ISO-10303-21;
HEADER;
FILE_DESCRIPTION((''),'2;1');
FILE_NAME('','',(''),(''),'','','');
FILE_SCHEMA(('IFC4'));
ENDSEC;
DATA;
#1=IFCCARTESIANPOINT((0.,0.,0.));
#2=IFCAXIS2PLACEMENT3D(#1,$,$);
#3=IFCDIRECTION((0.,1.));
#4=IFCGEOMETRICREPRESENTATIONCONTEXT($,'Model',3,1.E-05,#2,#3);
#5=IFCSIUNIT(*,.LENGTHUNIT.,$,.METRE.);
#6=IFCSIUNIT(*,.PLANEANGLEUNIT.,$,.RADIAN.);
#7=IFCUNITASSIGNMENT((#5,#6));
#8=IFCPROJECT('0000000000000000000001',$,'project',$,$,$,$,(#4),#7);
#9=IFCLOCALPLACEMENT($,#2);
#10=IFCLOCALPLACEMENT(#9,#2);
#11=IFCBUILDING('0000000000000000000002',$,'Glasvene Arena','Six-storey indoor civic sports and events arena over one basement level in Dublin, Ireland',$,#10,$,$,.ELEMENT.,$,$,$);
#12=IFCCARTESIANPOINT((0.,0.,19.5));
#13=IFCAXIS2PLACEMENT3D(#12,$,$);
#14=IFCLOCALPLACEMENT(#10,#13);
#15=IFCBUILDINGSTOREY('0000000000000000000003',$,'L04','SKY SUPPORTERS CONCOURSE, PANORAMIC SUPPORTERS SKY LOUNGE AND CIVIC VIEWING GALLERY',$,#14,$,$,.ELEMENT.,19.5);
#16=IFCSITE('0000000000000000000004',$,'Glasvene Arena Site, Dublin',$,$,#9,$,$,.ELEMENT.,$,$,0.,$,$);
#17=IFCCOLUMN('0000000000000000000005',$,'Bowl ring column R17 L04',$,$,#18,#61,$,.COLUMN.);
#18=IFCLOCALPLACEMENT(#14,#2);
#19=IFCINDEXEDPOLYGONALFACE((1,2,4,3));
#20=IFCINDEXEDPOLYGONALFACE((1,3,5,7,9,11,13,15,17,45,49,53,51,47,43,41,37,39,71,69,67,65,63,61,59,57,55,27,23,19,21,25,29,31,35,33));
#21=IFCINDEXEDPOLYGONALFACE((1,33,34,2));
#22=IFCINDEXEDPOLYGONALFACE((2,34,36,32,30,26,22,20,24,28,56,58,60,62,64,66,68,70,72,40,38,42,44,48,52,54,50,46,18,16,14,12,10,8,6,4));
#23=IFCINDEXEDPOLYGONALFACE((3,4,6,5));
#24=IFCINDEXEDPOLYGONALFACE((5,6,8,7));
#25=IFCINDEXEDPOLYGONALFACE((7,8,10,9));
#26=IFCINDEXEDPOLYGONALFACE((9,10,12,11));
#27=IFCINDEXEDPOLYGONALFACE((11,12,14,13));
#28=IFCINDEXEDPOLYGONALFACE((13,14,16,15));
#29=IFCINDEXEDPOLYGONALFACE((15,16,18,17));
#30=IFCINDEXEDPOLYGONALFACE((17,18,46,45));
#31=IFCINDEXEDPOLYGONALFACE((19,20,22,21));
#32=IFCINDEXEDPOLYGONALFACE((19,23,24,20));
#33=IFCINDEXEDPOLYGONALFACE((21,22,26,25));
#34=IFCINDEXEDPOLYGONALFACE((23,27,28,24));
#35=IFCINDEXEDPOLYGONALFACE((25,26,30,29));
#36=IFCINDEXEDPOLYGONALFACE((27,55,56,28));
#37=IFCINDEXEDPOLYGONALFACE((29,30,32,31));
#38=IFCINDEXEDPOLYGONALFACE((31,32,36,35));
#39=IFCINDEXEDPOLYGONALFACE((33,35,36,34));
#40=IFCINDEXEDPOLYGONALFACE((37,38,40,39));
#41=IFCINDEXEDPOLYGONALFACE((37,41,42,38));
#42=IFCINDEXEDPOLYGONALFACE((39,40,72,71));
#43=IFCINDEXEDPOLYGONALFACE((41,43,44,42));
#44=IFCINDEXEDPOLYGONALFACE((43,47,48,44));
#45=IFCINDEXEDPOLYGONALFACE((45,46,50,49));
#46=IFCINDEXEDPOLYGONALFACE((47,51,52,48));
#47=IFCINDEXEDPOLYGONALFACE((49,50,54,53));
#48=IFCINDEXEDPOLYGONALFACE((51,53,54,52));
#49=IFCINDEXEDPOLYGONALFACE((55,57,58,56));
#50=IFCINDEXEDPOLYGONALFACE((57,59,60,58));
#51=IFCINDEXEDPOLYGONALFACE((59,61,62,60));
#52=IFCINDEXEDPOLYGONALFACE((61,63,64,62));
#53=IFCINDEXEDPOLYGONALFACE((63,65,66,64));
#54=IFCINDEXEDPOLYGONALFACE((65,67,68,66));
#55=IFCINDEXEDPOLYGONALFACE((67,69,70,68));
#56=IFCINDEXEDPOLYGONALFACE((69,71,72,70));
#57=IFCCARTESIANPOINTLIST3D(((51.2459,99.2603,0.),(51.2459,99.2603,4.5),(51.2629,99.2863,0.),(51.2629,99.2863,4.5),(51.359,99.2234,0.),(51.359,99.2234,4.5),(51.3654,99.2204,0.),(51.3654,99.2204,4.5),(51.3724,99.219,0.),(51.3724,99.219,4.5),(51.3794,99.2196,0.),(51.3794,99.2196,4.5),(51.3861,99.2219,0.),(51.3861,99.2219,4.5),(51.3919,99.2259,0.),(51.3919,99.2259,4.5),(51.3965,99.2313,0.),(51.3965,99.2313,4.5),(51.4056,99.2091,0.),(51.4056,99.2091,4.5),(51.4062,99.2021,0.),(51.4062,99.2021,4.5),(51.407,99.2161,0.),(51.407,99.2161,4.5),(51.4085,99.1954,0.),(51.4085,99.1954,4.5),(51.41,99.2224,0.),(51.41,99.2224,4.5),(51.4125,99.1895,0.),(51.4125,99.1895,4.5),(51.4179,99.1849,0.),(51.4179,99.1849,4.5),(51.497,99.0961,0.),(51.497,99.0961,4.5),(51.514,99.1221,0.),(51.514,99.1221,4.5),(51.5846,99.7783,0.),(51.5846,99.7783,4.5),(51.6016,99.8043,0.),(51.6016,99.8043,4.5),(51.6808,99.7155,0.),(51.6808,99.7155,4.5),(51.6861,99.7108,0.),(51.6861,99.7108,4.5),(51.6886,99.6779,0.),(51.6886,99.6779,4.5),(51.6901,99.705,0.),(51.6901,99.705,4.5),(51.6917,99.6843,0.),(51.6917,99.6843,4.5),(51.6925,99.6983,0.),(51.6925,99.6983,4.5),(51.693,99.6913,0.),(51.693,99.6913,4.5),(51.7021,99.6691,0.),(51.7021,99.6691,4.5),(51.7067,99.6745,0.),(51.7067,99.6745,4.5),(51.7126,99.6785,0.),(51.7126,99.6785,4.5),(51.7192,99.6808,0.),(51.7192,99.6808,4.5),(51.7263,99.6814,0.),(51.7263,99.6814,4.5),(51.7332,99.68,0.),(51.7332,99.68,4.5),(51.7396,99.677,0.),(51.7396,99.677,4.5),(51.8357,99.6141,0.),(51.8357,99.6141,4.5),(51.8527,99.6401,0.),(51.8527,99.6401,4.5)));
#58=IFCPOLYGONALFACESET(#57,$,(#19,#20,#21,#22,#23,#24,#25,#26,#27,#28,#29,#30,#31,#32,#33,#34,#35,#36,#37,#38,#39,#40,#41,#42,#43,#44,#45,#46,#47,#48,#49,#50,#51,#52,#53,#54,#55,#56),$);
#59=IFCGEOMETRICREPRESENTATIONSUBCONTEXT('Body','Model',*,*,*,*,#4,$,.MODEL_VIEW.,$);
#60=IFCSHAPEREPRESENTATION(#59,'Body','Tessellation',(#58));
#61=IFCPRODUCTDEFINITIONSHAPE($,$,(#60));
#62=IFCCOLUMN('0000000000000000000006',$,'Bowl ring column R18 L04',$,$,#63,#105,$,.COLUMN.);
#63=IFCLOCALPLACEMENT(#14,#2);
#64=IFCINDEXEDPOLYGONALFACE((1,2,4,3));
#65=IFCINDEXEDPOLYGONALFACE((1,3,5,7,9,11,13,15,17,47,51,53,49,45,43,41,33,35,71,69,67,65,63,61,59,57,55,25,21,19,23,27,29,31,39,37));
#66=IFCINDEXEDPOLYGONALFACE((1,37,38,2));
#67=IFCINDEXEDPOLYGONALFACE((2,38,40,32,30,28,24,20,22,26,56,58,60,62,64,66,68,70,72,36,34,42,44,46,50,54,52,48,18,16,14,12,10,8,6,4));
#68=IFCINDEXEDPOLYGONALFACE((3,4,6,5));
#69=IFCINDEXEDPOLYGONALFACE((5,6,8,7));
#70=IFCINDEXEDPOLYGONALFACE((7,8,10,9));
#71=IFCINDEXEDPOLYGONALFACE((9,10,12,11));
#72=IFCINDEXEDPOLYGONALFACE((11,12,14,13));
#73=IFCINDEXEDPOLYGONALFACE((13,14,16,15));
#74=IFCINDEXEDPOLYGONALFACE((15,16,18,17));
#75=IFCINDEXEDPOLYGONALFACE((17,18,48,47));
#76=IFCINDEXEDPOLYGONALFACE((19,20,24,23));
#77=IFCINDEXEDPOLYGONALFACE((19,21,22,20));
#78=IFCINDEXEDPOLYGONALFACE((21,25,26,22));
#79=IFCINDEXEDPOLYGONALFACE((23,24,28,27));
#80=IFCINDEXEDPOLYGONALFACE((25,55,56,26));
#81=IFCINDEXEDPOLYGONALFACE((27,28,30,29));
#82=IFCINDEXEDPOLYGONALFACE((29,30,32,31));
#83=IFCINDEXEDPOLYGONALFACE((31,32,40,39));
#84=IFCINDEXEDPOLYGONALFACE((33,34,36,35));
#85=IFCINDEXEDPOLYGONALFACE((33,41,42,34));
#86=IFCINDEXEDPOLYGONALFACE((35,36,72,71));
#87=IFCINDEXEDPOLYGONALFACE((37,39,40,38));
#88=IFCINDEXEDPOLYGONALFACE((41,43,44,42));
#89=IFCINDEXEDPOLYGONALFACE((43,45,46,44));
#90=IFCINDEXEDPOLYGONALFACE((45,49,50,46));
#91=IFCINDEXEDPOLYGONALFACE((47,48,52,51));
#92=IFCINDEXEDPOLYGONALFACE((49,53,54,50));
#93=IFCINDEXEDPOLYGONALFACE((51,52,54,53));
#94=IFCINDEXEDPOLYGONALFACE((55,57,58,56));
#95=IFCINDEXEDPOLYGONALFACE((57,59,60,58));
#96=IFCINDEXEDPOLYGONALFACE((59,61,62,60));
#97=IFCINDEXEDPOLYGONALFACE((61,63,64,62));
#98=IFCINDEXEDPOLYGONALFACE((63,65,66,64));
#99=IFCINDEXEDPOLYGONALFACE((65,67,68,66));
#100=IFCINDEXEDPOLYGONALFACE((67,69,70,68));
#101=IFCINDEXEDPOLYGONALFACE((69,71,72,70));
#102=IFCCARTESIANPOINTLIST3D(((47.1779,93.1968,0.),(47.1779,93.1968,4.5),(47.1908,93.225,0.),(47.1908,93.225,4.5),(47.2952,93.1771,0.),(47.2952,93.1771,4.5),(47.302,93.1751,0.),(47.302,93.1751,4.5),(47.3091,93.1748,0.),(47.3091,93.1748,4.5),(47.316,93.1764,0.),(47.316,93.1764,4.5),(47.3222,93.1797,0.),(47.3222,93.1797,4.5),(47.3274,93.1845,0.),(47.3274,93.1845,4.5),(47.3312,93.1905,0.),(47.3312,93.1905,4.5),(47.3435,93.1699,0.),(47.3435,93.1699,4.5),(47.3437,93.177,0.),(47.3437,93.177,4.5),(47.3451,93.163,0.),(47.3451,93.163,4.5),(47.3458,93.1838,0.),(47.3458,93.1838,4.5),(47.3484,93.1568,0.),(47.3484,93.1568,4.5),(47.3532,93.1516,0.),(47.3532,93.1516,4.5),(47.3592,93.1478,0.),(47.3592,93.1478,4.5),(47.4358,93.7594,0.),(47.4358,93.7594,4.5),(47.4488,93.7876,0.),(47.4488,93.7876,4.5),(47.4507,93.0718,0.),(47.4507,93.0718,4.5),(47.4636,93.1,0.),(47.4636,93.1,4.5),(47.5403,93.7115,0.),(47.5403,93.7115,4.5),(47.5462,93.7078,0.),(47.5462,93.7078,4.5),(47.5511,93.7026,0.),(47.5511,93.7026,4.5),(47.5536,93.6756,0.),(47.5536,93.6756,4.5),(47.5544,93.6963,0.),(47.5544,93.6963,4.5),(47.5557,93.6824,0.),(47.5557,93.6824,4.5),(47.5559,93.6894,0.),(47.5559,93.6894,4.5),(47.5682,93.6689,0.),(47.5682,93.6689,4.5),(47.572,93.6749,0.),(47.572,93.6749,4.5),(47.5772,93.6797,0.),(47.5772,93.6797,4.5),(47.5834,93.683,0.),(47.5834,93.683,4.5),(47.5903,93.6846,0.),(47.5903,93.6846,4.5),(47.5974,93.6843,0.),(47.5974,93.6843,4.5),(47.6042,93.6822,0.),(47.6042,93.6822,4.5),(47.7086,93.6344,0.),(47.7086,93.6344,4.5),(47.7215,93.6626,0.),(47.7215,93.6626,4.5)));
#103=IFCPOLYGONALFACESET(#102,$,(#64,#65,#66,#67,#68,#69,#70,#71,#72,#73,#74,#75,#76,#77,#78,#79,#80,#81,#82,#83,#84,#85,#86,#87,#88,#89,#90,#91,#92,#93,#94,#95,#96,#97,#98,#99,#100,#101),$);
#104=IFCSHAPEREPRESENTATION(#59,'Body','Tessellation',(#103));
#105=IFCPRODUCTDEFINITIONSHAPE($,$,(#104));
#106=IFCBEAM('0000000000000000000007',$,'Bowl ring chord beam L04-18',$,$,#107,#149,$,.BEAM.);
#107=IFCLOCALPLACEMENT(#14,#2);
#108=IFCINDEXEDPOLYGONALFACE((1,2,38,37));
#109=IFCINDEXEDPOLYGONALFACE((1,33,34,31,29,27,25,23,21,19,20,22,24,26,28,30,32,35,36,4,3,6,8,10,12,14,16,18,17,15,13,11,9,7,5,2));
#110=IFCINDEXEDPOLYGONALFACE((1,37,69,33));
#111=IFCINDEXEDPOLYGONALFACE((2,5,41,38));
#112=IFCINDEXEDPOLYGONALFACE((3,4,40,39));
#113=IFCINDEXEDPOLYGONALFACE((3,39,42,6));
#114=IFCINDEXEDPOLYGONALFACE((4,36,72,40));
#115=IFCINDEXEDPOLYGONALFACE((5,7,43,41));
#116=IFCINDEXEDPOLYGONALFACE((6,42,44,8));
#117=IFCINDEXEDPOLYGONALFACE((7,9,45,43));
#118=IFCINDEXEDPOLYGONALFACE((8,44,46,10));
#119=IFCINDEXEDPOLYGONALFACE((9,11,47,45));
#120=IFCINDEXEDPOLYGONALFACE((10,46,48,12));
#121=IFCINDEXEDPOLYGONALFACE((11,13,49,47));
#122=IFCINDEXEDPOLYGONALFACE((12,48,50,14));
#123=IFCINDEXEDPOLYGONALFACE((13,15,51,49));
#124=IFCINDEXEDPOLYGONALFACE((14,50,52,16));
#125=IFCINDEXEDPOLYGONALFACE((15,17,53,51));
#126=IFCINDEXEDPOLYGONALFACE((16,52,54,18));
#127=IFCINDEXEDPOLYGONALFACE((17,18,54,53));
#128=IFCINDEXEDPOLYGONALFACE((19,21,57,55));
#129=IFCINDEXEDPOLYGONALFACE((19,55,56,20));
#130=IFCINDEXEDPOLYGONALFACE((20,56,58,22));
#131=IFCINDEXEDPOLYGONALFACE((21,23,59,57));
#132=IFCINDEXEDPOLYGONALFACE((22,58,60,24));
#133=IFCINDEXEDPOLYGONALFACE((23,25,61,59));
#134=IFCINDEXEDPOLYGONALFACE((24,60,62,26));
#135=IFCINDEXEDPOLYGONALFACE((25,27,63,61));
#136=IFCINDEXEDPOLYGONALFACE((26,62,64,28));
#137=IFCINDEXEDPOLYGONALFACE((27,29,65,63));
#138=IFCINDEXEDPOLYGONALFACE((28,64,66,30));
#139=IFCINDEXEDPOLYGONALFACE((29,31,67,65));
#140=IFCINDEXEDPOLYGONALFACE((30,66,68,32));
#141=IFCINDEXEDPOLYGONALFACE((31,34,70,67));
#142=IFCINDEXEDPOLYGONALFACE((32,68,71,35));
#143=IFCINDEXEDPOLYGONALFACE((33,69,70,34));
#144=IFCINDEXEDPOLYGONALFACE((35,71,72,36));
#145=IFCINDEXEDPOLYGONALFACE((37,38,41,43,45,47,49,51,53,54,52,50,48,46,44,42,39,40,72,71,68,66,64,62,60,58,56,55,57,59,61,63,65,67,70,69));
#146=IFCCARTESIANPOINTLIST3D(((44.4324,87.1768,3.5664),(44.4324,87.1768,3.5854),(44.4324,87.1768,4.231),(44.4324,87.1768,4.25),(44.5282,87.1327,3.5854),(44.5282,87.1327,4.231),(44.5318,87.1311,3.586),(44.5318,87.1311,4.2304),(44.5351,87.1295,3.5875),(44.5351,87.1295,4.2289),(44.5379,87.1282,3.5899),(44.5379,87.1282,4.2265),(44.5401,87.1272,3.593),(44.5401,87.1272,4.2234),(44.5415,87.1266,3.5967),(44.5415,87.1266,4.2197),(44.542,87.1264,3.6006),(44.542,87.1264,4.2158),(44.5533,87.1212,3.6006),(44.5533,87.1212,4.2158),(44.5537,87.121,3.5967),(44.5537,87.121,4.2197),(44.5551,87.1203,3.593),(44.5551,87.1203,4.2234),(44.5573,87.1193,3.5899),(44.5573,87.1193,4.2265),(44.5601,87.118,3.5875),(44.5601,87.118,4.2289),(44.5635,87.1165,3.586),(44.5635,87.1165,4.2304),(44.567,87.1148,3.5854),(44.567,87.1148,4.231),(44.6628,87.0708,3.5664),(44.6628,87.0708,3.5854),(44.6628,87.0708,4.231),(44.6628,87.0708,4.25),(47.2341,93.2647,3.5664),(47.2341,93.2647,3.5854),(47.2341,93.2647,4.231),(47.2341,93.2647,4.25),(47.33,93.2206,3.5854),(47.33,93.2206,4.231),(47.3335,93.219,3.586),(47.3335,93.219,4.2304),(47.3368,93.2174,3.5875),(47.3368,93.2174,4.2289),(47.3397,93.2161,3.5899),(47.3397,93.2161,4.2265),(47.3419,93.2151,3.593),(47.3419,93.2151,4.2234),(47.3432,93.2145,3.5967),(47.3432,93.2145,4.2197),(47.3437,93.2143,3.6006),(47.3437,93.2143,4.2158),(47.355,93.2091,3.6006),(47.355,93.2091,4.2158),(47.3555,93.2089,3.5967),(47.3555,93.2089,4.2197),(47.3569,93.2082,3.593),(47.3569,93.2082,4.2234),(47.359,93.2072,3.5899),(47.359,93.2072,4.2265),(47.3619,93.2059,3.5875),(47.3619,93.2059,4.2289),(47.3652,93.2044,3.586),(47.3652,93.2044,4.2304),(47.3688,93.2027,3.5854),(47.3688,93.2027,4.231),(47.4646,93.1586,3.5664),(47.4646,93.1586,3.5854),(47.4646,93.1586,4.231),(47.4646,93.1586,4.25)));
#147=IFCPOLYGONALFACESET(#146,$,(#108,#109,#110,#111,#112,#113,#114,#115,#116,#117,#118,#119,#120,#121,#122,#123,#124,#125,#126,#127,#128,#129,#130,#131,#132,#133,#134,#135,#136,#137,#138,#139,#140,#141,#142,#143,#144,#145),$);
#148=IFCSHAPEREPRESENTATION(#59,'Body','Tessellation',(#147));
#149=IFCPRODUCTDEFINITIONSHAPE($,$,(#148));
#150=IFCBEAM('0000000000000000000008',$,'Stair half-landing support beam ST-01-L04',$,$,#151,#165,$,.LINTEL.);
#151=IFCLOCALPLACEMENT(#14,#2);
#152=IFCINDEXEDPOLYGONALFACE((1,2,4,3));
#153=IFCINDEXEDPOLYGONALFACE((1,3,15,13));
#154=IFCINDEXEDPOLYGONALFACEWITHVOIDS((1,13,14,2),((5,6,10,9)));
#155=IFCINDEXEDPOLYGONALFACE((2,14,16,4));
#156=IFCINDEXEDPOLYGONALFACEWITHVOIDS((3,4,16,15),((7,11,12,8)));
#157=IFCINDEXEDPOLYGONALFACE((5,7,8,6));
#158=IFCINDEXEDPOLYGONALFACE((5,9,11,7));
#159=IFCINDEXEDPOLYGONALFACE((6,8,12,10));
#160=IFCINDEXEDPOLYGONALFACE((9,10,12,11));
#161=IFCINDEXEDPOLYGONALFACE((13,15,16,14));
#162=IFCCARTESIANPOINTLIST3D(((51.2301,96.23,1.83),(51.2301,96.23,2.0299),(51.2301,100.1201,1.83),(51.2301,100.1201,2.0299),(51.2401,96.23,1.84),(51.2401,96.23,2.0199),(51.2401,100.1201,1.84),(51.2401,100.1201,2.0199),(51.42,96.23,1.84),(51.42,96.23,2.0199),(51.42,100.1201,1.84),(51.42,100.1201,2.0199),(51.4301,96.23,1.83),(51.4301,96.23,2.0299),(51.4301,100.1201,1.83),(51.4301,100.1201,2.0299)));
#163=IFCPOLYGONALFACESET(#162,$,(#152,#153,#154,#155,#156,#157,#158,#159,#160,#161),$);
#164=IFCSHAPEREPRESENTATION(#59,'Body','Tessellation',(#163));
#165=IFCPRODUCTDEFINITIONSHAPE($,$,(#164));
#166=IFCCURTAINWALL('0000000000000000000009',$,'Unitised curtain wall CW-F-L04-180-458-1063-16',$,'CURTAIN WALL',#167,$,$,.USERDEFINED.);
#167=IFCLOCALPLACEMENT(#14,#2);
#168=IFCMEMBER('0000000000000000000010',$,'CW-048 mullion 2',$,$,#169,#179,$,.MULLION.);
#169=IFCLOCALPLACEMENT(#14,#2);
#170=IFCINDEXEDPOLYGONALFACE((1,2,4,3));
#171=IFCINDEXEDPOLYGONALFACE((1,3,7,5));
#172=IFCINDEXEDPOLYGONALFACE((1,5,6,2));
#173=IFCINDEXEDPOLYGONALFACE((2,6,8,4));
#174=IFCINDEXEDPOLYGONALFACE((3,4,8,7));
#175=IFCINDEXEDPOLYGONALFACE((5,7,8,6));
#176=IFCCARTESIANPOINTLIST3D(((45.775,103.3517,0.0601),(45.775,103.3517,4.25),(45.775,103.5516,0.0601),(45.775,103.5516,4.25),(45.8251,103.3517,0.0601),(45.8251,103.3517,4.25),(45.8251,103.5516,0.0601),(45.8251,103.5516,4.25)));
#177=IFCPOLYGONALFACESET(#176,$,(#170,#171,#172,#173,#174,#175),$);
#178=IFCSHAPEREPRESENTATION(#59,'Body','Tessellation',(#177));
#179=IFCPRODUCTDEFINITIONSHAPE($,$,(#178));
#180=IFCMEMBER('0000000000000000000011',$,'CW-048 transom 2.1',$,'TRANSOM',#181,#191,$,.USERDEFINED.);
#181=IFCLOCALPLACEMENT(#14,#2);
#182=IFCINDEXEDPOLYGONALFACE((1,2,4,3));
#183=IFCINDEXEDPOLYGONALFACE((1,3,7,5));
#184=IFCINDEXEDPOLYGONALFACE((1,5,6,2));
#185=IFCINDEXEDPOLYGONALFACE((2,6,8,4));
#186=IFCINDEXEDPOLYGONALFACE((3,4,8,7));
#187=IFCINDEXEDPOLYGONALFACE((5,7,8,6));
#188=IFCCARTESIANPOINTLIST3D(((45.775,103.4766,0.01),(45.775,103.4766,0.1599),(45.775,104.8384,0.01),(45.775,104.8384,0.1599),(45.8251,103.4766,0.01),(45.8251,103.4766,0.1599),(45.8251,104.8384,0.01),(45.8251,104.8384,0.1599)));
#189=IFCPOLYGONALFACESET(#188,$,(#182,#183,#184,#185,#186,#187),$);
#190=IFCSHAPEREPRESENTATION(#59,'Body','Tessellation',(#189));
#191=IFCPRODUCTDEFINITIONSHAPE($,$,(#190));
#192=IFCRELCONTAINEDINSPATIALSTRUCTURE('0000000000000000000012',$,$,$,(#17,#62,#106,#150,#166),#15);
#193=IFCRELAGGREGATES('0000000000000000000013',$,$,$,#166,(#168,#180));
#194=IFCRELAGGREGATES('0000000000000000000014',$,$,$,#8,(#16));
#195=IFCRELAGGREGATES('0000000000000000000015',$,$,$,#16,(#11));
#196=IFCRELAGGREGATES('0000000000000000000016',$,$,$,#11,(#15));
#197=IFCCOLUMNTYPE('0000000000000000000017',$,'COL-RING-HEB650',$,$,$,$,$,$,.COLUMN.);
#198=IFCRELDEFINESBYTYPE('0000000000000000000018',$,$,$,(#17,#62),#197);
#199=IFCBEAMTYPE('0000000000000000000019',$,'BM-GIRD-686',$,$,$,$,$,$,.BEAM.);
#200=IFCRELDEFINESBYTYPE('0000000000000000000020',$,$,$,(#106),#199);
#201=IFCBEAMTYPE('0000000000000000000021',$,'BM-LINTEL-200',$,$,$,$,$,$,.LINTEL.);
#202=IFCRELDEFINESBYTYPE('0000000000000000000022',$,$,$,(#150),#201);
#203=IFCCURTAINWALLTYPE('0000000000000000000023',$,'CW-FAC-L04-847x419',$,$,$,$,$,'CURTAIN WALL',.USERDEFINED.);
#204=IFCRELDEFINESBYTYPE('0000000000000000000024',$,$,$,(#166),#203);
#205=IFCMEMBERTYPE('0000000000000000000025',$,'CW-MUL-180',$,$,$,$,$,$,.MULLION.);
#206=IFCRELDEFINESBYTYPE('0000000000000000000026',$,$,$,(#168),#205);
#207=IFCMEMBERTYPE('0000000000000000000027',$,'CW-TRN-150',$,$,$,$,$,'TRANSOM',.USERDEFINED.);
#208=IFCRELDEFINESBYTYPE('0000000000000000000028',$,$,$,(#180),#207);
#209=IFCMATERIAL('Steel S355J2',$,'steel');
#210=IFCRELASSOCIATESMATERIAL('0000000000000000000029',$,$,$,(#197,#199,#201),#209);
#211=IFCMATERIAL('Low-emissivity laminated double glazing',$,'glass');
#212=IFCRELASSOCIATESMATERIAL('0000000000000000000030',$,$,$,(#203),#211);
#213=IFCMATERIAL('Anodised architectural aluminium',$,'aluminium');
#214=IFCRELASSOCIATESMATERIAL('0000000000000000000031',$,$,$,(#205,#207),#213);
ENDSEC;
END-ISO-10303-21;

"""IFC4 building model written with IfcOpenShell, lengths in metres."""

from ifc_helpers import new_model, si_unit, direction, frame, origin, origin_2d, place, context, subcontext, project, spatial, rectangle, hollow_rectangle, i_section, extrude, material, material_profile, profile_set, type_object, element, aggregate, save


model = new_model("IFC4")

# Units and contexts
model_context = context("Model", 3, precision=1e-05, world=origin(), true_north=direction((0.0, 1.0)))
body_context = subcontext(model_context, "Body", "Model", "MODEL_VIEW")
ifc_project = project(units=[si_unit("LENGTHUNIT", "METRE"), si_unit("PLANEANGLEUNIT", "RADIAN")], contexts=[model_context])

# Site, building, storey
site_placement = place(None, origin())
site = spatial("IfcSite", under=ifc_project, at=site_placement, Name="Glasvene Arena Site, Dublin", CompositionType="ELEMENT", RefElevation=0.0)
building_placement = place(site_placement, origin())
building = spatial("IfcBuilding", under=site, at=building_placement, Name="Glasvene Arena", Description="Six-storey indoor civic sports and events arena over one basement level in Dublin, Ireland", CompositionType="ELEMENT")
storey_placement = place(building_placement, frame((0.0, 0.0, 19.5)))
storey = spatial("IfcBuildingStorey", under=building, at=storey_placement, Name="L04", Description="SKY SUPPORTERS CONCOURSE, PANORAMIC SUPPORTERS SKY LOUNGE AND CIVIC VIEWING GALLERY", CompositionType="ELEMENT", Elevation=19.5)

# Columns
ifc_material_1 = material(Name="Steel S355J2", Category="steel")
ifc_material_profile_1 = material_profile(ifc_material_1, i_section(OverallWidth=0.3, OverallDepth=0.6499, WebThickness=0.0161, FlangeThickness=0.031, FilletRadius=0.0271, at=origin_2d()), Name="HEB 650")
ifc_profile_set_1 = profile_set([ifc_material_profile_1], Name="Steel S355J2")
column_type = type_object("IfcColumnType", Name="COL-RING-HEB650", PredefinedType="COLUMN", material=ifc_profile_set_1)
for number, where, z_axis, x_axis, name in (
    (1, (51.5493, 99.4502, 0.0), (0.0, 0.0, 1.0), (-0.836955, 0.547271, 0.0), "Bowl ring column R17 L04"),
    (2, (47.4497, 93.4297, 0.0), (0.0, 0.0, 1.0), (-0.909018, 0.416757, 0.0), "Bowl ring column R18 L04"),
):
    element("IfcColumn", number, at=place(storey_placement, frame(where, z_axis=z_axis, x_axis=x_axis)), inside=storey, type_object=column_type, Name=name, PredefinedType="COLUMN", context=body_context, shape_type="SweptSolid", body=[
        extrude(i_section(OverallWidth=0.3, OverallDepth=0.6499, WebThickness=0.0161, FlangeThickness=0.031, FilletRadius=0.0271, at=origin_2d()), origin(), (0.0, 0.0, 1.0), 4.5),
    ])

# Beams
ifc_material_profile_2 = material_profile(ifc_material_1, i_section(OverallWidth=0.2537, OverallDepth=0.6836, WebThickness=0.0125, FlangeThickness=0.019, FilletRadius=0.0151, at=origin_2d()), Name="UKB 686x254x140")
ifc_profile_set_2 = profile_set([ifc_material_profile_2], Name="Steel S355J2")
beam_type_1 = type_object("IfcBeamType", Name="BM-GIRD-686", PredefinedType="BEAM", material=ifc_profile_set_2)
beam_1_placement = place(storey_placement, frame((47.3494, 93.2117, 3.9082), z_axis=(-0.418069, -0.908415, 0.0), x_axis=(0.908415, -0.418069, 0.0)))
element("IfcBeam", 3, at=beam_1_placement, inside=storey, type_object=beam_type_1, Name="Bowl ring chord beam L04-18", PredefinedType="BEAM", context=body_context, shape_type="SweptSolid", body=[
    extrude(i_section(OverallWidth=0.2537, OverallDepth=0.6836, WebThickness=0.0125, FlangeThickness=0.019, FilletRadius=0.0151, at=origin_2d()), origin(), (0.0, 0.0, 1.0), 6.7017),
])
ifc_material_profile_3 = material_profile(ifc_material_1, hollow_rectangle(XDim=0.2, YDim=0.2, WallThickness=0.01, at=origin_2d()), Name="SHS 200x200x10.0")
ifc_profile_set_3 = profile_set([ifc_material_profile_3], Name="Steel S355J2")
beam_type_2 = type_object("IfcBeamType", Name="BM-LINTEL-200", PredefinedType="LINTEL", material=ifc_profile_set_3)
beam_2_placement = place(storey_placement, frame((51.3301, 96.23, 1.9299), z_axis=(0.0, 1.0, 0.0), x_axis=(-1.0, 0.0, 0.0)))
element("IfcBeam", 4, at=beam_2_placement, inside=storey, type_object=beam_type_2, Name="Stair half-landing support beam ST-01-L04", PredefinedType="LINTEL", context=body_context, shape_type="SweptSolid", body=[
    extrude(hollow_rectangle(XDim=0.2, YDim=0.2, WallThickness=0.01, at=origin_2d()), origin(), (0.0, 0.0, 1.0), 3.8901),
])

# Curtain wall, members
ifc_material_2 = material(Name="Low-emissivity laminated double glazing", Category="glass")
curtain_wall_type = type_object("IfcCurtainWallType", Name="CW-FAC-L04-847x419", ElementType="CURTAIN WALL", PredefinedType="USERDEFINED", material=ifc_material_2)
curtain_wall_placement = place(storey_placement, frame((45.8, 102.04, 0.0)))
curtain_wall = element("IfcCurtainWall", 5, at=curtain_wall_placement, inside=storey, type_object=curtain_wall_type, Name="Unitised curtain wall CW-F-L04-180-458-1063-16", ObjectType="CURTAIN WALL", PredefinedType="USERDEFINED")
ifc_material_3 = material(Name="Anodised architectural aluminium", Category="aluminium")
ifc_material_profile_4 = material_profile(ifc_material_3, rectangle(XDim=0.05, YDim=0.2, at=origin_2d()), Name="ALU MULLION 50x200")
ifc_profile_set_4 = profile_set([ifc_material_profile_4], Name="Anodised architectural aluminium")
member_type_1 = type_object("IfcMemberType", Name="CW-MUL-180", PredefinedType="MULLION", material=ifc_profile_set_4)
member_1_placement = place(storey_placement, frame((45.8, 103.4517, 0.0601), z_axis=(0.0, 0.0, 1.0), x_axis=(-1.0, 0.0, 0.0)))
member_1 = element("IfcMember", 6, at=member_1_placement, type_object=member_type_1, Name="CW-048 mullion 2", PredefinedType="MULLION", context=body_context, shape_type="SweptSolid", body=[
    extrude(rectangle(XDim=0.05, YDim=0.2, at=origin_2d()), origin(), (0.0, 0.0, 1.0), 4.1899),
])
ifc_material_profile_5 = material_profile(ifc_material_3, rectangle(XDim=0.05, YDim=0.1499, at=origin_2d()), Name="ALU TRANSOM 50x150")
ifc_profile_set_5 = profile_set([ifc_material_profile_5], Name="Anodised architectural aluminium")
member_type_2 = type_object("IfcMemberType", Name="CW-TRN-150", ElementType="TRANSOM", PredefinedType="USERDEFINED", material=ifc_profile_set_5)
member_2_placement = place(storey_placement, frame((45.8, 103.4766, 0.085), z_axis=(0.0, 1.0, 0.0), x_axis=(-1.0, 0.0, 0.0)))
member_2 = element("IfcMember", 7, at=member_2_placement, type_object=member_type_2, Name="CW-048 transom 2.1", ObjectType="TRANSOM", PredefinedType="USERDEFINED", context=body_context, shape_type="SweptSolid", body=[
    extrude(rectangle(XDim=0.05, YDim=0.1499, at=origin_2d()), origin(), (0.0, 0.0, 1.0), 1.3618),
])
aggregate(curtain_wall, [member_1, member_2])

save(model, "model.ifc")
